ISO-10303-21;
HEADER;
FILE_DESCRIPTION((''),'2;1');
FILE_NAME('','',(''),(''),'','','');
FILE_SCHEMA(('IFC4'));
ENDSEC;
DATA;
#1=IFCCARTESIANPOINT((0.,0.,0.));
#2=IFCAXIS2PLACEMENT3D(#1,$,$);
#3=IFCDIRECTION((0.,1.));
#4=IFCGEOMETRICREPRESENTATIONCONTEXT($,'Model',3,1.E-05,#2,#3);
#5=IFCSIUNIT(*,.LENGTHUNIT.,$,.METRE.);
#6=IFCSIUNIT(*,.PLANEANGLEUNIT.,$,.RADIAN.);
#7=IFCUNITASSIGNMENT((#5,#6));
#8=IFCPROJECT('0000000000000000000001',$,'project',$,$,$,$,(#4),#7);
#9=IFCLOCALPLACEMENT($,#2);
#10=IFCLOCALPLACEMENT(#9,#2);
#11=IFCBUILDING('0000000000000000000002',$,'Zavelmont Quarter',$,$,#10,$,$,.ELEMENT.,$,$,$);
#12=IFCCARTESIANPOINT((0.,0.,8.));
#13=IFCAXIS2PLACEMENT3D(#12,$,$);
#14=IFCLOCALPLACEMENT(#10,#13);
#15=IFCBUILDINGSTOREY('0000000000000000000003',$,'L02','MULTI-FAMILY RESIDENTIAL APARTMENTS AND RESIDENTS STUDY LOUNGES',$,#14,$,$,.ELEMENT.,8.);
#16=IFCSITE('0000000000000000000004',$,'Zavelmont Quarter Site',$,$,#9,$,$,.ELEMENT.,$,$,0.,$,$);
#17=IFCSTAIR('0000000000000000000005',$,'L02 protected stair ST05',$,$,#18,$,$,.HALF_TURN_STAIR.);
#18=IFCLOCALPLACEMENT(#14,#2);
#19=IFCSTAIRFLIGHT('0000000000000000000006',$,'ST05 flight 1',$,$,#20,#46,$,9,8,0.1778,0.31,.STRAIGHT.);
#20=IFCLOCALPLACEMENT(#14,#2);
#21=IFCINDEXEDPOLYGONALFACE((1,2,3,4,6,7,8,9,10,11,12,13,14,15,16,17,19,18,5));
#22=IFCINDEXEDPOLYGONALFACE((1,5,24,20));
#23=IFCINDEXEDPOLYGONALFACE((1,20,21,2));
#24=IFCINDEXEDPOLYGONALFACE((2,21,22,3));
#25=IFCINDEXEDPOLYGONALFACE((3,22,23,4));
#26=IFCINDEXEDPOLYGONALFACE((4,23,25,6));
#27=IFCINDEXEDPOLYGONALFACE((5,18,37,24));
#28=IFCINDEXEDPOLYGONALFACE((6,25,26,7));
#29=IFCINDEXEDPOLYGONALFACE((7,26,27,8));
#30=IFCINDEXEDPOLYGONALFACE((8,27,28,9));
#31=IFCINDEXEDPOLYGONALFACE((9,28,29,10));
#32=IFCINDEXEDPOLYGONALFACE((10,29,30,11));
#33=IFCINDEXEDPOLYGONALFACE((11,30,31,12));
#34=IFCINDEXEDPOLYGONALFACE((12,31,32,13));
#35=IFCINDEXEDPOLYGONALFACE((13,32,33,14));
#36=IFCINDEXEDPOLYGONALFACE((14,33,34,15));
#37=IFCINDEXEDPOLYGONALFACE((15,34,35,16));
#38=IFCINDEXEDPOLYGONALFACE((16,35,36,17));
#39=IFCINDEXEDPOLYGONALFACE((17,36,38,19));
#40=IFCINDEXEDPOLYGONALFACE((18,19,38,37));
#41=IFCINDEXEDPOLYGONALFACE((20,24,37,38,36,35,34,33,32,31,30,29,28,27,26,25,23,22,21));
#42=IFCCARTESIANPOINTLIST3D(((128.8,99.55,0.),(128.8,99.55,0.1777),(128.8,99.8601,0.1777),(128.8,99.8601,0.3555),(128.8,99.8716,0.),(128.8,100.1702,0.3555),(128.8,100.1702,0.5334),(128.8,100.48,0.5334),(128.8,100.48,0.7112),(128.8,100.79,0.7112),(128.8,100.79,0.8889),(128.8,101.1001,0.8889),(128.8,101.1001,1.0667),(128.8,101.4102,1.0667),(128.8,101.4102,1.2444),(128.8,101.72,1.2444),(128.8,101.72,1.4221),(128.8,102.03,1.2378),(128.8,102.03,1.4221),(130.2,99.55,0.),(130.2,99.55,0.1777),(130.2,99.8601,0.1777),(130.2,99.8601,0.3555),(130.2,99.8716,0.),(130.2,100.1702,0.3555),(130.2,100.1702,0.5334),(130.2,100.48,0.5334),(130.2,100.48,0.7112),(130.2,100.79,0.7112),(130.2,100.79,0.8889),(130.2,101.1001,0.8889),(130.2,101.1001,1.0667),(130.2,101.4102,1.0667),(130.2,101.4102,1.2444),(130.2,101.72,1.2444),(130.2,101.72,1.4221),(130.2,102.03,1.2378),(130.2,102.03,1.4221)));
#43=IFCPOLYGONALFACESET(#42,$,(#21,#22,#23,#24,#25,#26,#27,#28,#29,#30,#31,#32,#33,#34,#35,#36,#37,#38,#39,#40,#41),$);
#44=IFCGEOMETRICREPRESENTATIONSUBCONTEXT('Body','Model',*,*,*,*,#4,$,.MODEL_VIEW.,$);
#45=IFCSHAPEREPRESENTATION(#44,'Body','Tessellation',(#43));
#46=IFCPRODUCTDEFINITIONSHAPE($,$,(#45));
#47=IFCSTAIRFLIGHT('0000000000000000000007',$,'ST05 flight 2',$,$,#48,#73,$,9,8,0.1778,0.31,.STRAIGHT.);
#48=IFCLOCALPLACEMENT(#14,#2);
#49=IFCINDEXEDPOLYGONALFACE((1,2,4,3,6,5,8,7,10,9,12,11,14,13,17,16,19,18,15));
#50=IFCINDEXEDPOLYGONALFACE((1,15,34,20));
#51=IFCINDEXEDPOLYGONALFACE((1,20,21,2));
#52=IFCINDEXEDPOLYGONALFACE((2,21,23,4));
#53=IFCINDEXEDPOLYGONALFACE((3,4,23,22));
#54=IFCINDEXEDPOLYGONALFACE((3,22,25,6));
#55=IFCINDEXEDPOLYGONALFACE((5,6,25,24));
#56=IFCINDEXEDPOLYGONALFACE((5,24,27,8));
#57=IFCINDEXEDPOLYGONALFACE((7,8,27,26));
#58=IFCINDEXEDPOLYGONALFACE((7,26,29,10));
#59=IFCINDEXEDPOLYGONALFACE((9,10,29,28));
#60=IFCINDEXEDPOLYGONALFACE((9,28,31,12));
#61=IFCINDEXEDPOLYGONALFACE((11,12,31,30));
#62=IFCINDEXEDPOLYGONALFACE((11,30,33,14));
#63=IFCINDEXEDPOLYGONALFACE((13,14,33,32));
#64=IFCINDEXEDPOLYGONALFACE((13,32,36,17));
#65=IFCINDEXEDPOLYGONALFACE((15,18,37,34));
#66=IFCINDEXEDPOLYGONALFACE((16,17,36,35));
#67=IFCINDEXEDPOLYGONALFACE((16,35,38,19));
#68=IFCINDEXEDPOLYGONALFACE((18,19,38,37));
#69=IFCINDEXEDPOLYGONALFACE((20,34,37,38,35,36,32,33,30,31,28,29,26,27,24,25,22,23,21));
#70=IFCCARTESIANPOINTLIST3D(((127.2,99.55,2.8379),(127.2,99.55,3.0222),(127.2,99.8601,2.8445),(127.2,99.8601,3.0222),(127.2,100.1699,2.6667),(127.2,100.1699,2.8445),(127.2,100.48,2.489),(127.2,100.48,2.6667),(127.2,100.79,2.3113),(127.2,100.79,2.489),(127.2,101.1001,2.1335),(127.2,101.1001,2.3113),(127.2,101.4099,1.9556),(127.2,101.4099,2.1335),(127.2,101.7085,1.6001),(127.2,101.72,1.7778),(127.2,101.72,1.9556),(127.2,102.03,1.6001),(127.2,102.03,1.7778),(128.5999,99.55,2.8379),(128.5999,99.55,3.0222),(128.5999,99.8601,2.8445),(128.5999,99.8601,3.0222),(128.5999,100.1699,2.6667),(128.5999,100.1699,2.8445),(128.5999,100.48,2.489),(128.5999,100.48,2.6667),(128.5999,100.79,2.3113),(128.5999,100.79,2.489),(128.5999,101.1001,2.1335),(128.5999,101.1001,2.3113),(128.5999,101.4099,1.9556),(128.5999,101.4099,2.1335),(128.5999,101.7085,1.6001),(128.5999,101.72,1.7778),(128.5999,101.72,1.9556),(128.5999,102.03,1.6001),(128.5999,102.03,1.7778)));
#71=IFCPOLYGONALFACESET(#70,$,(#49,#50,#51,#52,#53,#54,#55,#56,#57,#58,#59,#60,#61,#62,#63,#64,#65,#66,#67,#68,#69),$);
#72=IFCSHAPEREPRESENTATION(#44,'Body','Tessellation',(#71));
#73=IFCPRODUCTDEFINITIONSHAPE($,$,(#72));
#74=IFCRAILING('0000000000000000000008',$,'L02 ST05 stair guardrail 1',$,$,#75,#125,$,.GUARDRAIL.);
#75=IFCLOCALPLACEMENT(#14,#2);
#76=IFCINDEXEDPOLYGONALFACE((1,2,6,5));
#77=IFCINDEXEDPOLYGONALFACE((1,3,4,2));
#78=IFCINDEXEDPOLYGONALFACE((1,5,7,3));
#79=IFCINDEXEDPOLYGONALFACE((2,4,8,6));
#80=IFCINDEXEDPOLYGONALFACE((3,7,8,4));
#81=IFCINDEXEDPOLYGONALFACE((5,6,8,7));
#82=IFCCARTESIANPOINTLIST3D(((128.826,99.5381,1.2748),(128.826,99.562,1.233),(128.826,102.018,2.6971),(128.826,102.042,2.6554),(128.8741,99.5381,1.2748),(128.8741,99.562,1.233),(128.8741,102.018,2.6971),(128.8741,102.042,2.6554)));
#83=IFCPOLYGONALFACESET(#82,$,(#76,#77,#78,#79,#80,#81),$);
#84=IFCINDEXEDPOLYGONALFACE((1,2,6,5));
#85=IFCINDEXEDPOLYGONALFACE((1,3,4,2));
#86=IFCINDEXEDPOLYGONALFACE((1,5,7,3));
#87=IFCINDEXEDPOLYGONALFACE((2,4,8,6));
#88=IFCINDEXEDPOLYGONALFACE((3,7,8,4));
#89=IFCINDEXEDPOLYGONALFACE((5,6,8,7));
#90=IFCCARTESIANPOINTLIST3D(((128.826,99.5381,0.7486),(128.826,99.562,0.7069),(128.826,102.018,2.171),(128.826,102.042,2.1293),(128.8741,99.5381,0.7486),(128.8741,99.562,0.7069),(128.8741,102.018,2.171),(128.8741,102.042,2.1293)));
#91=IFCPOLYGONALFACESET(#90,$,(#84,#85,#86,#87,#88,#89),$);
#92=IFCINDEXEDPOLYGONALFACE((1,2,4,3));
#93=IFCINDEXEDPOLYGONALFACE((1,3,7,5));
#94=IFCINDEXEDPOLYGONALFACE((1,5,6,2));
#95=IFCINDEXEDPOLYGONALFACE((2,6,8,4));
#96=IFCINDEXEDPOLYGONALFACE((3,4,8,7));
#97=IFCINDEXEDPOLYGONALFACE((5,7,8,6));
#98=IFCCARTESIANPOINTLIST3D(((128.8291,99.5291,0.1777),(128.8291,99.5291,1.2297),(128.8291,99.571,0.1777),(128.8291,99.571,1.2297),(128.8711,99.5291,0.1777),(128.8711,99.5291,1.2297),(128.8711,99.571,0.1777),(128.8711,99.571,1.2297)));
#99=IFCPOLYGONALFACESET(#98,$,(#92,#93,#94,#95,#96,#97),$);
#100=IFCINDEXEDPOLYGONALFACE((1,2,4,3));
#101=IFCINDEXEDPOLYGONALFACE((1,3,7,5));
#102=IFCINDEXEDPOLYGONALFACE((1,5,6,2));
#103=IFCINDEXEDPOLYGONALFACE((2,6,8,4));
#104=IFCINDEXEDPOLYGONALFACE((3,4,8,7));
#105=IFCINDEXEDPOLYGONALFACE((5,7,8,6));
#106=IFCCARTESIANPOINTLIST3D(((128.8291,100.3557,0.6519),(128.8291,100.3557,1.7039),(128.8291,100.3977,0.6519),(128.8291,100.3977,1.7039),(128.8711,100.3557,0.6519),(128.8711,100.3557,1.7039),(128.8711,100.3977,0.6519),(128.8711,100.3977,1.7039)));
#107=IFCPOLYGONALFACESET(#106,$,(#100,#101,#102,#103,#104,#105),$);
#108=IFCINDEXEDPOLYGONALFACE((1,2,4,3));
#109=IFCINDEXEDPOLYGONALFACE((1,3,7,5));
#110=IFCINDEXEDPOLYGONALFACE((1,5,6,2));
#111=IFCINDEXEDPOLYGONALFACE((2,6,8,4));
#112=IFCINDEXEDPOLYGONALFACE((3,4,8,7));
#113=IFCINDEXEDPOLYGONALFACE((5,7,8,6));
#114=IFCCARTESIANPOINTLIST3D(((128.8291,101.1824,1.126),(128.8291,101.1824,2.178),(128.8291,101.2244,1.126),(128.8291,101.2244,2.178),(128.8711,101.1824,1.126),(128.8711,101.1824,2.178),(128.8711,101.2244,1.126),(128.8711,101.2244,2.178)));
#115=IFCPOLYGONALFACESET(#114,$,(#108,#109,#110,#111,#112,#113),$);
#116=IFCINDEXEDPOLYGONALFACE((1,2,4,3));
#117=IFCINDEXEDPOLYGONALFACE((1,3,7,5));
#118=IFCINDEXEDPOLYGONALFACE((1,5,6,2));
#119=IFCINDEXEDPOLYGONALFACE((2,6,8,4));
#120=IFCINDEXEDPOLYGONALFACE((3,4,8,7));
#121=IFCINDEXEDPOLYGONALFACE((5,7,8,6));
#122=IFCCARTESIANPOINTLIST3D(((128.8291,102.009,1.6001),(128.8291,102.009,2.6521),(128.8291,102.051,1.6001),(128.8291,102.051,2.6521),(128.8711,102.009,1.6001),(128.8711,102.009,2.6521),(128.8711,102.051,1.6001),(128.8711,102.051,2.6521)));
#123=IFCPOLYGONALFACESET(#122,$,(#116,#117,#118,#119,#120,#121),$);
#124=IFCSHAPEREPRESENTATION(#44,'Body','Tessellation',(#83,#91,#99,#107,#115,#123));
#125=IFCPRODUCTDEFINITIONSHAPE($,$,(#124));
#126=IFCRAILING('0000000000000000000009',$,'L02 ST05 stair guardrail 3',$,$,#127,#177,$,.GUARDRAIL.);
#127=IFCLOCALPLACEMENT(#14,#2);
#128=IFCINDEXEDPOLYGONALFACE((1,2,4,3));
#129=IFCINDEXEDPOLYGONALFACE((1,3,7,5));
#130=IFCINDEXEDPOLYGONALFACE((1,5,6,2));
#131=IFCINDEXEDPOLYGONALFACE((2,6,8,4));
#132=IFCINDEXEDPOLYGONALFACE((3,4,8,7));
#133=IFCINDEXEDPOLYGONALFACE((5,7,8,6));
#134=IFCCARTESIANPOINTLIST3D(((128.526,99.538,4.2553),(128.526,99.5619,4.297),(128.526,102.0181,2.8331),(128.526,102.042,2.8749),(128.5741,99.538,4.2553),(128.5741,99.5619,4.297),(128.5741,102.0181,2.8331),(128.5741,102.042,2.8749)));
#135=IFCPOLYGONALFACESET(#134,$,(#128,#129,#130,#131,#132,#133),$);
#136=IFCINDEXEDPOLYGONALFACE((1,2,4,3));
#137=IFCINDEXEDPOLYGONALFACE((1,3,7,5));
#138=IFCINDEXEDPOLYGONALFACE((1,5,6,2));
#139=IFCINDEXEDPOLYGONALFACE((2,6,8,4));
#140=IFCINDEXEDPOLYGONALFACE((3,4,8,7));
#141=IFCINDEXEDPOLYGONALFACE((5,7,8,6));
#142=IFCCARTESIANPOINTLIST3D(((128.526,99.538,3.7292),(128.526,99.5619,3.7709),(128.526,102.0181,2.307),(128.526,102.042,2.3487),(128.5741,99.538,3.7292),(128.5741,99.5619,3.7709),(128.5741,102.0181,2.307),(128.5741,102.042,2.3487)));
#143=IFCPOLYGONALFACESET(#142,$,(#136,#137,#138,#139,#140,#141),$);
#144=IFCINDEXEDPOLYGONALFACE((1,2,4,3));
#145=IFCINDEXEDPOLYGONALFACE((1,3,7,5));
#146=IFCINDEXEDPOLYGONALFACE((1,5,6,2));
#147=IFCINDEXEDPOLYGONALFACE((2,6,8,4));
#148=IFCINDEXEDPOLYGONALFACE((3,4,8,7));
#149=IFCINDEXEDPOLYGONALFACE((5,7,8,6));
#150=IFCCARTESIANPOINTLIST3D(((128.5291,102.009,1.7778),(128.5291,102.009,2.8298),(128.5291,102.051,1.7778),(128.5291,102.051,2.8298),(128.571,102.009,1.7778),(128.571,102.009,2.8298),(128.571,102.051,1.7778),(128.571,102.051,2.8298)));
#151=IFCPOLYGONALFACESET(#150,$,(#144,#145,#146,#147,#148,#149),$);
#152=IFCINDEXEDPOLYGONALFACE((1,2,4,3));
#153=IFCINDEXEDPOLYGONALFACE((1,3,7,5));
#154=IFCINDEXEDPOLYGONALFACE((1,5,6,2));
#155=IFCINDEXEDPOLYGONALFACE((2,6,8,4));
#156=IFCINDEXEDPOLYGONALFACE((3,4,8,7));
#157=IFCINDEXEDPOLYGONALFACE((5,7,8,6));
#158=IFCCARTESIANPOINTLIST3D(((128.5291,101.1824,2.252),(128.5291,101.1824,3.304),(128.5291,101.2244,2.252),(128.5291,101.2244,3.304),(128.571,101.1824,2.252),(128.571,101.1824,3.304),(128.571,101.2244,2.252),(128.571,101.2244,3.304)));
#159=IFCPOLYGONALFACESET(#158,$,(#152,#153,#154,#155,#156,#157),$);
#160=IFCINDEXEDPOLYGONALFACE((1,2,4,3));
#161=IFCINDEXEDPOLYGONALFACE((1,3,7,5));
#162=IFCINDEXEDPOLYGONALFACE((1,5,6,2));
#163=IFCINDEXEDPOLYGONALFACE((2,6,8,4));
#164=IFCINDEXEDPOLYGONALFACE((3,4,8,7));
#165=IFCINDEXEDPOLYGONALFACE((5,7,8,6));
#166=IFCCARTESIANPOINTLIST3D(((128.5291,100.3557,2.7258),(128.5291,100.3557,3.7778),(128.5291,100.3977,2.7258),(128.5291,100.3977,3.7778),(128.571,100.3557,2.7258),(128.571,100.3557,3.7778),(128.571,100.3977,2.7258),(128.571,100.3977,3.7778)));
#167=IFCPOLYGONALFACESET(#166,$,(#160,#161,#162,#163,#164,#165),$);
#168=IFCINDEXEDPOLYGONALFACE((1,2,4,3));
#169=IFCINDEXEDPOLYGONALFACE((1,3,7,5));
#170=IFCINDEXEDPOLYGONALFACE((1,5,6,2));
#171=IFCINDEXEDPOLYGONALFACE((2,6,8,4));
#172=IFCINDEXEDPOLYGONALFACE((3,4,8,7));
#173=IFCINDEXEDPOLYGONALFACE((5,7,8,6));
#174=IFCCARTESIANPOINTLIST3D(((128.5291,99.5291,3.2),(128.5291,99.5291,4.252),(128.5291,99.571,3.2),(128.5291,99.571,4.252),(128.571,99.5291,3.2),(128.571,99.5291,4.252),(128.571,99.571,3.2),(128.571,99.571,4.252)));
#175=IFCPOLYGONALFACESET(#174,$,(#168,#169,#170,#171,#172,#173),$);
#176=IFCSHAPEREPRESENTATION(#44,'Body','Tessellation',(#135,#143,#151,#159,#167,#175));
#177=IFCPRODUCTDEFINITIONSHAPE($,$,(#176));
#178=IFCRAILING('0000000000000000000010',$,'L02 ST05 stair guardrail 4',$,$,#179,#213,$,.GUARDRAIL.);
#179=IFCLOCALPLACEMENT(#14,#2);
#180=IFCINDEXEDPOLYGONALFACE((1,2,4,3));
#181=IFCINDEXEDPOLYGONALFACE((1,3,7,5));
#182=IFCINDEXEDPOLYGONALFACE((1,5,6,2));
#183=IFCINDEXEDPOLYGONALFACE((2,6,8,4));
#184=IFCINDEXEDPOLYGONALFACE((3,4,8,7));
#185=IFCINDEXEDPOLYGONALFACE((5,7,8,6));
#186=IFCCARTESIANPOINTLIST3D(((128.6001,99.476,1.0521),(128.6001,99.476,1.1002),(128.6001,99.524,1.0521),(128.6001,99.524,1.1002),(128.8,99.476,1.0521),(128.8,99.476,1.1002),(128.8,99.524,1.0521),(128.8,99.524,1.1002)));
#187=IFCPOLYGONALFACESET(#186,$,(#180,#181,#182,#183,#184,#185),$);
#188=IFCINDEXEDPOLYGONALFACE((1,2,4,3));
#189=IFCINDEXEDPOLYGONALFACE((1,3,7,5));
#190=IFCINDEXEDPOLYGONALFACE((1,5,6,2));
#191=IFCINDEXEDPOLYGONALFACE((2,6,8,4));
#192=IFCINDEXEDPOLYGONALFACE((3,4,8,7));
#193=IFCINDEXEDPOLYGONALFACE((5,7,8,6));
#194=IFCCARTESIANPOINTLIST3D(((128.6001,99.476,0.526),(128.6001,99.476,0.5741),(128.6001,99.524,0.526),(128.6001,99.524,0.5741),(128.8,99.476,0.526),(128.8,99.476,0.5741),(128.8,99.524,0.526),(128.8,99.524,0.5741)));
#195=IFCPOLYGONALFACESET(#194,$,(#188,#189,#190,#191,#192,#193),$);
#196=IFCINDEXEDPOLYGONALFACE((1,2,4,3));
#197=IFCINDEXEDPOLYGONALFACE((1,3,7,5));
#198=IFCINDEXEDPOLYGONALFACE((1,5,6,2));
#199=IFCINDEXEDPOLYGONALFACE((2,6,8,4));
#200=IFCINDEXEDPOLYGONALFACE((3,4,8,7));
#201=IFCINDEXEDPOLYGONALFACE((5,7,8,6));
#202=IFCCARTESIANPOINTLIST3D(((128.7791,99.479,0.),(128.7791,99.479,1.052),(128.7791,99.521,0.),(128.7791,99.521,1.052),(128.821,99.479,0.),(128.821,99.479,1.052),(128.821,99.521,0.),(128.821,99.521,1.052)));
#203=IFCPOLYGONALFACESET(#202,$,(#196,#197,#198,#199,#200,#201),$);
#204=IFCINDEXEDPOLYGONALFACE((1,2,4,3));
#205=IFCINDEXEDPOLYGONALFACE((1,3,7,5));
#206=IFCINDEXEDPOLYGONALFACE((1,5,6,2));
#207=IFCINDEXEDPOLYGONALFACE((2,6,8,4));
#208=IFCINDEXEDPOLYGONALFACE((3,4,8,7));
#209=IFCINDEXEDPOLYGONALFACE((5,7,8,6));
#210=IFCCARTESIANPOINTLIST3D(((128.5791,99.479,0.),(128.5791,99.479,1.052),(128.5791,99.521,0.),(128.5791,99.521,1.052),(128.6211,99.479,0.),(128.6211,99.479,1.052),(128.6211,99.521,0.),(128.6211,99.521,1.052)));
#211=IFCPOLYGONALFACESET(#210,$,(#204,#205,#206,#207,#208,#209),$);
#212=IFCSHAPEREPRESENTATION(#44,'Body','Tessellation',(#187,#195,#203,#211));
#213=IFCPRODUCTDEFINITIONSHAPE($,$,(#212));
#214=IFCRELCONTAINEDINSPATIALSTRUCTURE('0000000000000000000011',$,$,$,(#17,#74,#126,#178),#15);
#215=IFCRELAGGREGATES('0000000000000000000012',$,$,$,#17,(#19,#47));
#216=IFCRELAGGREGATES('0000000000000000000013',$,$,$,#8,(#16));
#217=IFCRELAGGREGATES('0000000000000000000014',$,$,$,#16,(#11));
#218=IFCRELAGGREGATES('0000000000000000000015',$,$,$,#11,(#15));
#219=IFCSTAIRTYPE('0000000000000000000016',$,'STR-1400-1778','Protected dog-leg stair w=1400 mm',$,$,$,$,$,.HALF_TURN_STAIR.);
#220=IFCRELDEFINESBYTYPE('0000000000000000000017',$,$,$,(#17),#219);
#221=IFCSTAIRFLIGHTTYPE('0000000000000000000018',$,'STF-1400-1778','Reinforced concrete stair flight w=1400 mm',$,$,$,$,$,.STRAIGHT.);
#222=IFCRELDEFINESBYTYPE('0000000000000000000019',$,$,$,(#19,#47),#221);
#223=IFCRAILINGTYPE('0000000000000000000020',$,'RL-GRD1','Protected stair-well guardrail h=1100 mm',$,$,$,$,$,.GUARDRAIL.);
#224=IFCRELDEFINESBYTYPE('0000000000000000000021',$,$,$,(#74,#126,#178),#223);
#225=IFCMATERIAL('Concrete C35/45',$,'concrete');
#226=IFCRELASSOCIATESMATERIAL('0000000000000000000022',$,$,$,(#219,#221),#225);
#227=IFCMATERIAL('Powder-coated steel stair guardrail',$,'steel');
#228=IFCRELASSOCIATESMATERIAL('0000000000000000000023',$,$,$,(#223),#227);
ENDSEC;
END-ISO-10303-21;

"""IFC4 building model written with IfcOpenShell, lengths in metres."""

from ifc_helpers import new_model, si_unit, direction, frame, origin, origin_2d, place, context, subcontext, project, spatial, polyline, rectangle, outline, extrude, material, type_object, element, aggregate, save


model = new_model("IFC4")

# Units and contexts
model_context = context("Model", 3, precision=1e-05, world=origin(), true_north=direction((0.0, 1.0)))
body_context = subcontext(model_context, "Body", "Model", "MODEL_VIEW")
ifc_project = project(units=[si_unit("LENGTHUNIT", "METRE"), si_unit("PLANEANGLEUNIT", "RADIAN")], contexts=[model_context])

# Site, building, storey
site_placement = place(None, origin())
site = spatial("IfcSite", under=ifc_project, at=site_placement, Name="Zavelmont Quarter Site", CompositionType="ELEMENT", RefElevation=0.0)
building_placement = place(site_placement, origin())
building = spatial("IfcBuilding", under=site, at=building_placement, Name="Zavelmont Quarter", CompositionType="ELEMENT")
storey_placement = place(building_placement, frame((0.0, 0.0, 8.0)))
storey = spatial("IfcBuildingStorey", under=building, at=storey_placement, Name="L02", Description="MULTI-FAMILY RESIDENTIAL APARTMENTS AND RESIDENTS STUDY LOUNGES", CompositionType="ELEMENT", Elevation=8.0)

# Shared definitions
ifc_material_1 = material(Name="Concrete C35/45", Category="concrete")

# Stair, stair flights
stair_type = type_object("IfcStairType", Name="STR-1400-1778", Description="Protected dog-leg stair w=1400 mm", PredefinedType="HALF_TURN_STAIR", material=ifc_material_1)
stair_placement = place(storey_placement, origin())
stair = element("IfcStair", 1, at=stair_placement, inside=storey, type_object=stair_type, Name="L02 protected stair ST05", PredefinedType="HALF_TURN_STAIR")
stair_flight_type = type_object("IfcStairFlightType", Name="STF-1400-1778", Description="Reinforced concrete stair flight w=1400 mm", PredefinedType="STRAIGHT", material=ifc_material_1)
stair_flight_1_placement = place(storey_placement, frame((129.5, 99.55, 0.0), z_axis=(0.0, 0.0, 1.0), x_axis=(0.0, 1.0, 0.0)))
stair_flight_1 = element("IfcStairFlight", 2, at=stair_flight_1_placement, type_object=stair_flight_type, Name="ST05 flight 1", NumberOfRisers=9, NumberOfTreads=8, PredefinedType="STRAIGHT", RiserHeight=0.1778, TreadLength=0.31, context=body_context, shape_type="SweptSolid", body=[
    extrude(outline(polyline([(0.0, 0.0), (0.0, 0.1777), (0.3101, 0.1777), (0.3101, 0.3555), (0.6201, 0.3555), (0.6201, 0.5334), (0.9299, 0.5334), (0.9299, 0.7112), (1.24, 0.7112), (1.24, 0.8889), (1.55, 0.8889), (1.55, 1.0667), (1.8601, 1.0667), (1.8601, 1.2444), (2.1699, 1.2444), (2.1699, 1.4221), (2.48, 1.4221), (2.48, 1.6001), (2.48, 1.2378), (0.3215, 0.0), (0.0, 0.0)])), frame((0.0, 0.7, 0.0), z_axis=(0.0, -1.0, 0.0), x_axis=(1.0, 0.0, 0.0)), (0.0, 0.0, 1.0), 1.3999),
])
stair_flight_2_placement = place(storey_placement, frame((127.8999, 102.03, 1.6001), z_axis=(0.0, 0.0, 1.0), x_axis=(0.0, -1.0, 0.0)))
stair_flight_2 = element("IfcStairFlight", 3, at=stair_flight_2_placement, type_object=stair_flight_type, Name="ST05 flight 2", NumberOfRisers=9, NumberOfTreads=8, PredefinedType="STRAIGHT", RiserHeight=0.1778, TreadLength=0.31, context=body_context, shape_type="SweptSolid", body=[
    extrude(outline(polyline([(0.0, 0.0), (0.0, 0.1777), (0.3101, 0.1777), (0.3101, 0.3555), (0.6201, 0.3555), (0.6201, 0.5334), (0.9299, 0.5334), (0.9299, 0.7112), (1.24, 0.7112), (1.24, 0.8889), (1.55, 0.8889), (1.55, 1.0667), (1.8601, 1.0667), (1.8601, 1.2444), (2.1699, 1.2444), (2.1699, 1.4221), (2.48, 1.4221), (2.48, 1.6001), (2.48, 1.2378), (0.3215, 0.0), (0.0, 0.0)])), frame((0.0, 0.7, 0.0), z_axis=(0.0, -1.0, 0.0), x_axis=(1.0, 0.0, 0.0)), (0.0, 0.0, 1.0), 1.3999),
])
aggregate(stair, [stair_flight_1, stair_flight_2])

# Railings
ifc_material_2 = material(Name="Powder-coated steel stair guardrail", Category="steel")
railing_type_1 = type_object("IfcRailingType", Name="RL-GRD1", Description="Protected stair-well guardrail h=1100 mm", PredefinedType="GUARDRAIL", material=ifc_material_2)
railing_1_placement = place(storey_placement, frame((128.8501, 99.55, 0.1777)))
element("IfcRailing", 4, at=railing_1_placement, inside=storey, type_object=railing_type_1, Name="L02 ST05 stair guardrail 1", PredefinedType="GUARDRAIL", context=body_context, shape_type="SweptSolid", body=[
    extrude(rectangle(XDim=0.0481, YDim=0.0481, at=origin_2d()), frame((0.0, 0.0, 1.0762), z_axis=(0.0, 0.867454, 0.497518), x_axis=(-1.0, 0.0, 0.0)), (0.0, 0.0, 1.0), 2.8589),
    extrude(rectangle(XDim=0.0481, YDim=0.0481, at=origin_2d()), frame((0.0, 0.0, 0.55), z_axis=(0.0, 0.867454, 0.497518), x_axis=(-1.0, 0.0, 0.0)), (0.0, 0.0, 1.0), 2.8589),
    extrude(rectangle(XDim=0.042, YDim=0.042, at=origin_2d()), origin(), (0.0, 0.0, 1.0), 1.052),
    extrude(rectangle(XDim=0.042, YDim=0.042, at=origin_2d()), frame((0.0, 0.8267, 0.4741)), (0.0, 0.0, 1.0), 1.052),
    extrude(rectangle(XDim=0.042, YDim=0.042, at=origin_2d()), frame((0.0, 1.6533, 0.9482)), (0.0, 0.0, 1.0), 1.052),
    extrude(rectangle(XDim=0.042, YDim=0.042, at=origin_2d()), frame((0.0, 2.48, 1.4224)), (0.0, 0.0, 1.0), 1.052),
])
railing_2_placement = place(storey_placement, frame((128.55, 102.03, 1.7778)))
element("IfcRailing", 5, at=railing_2_placement, inside=storey, type_object=railing_type_1, Name="L02 ST05 stair guardrail 3", PredefinedType="GUARDRAIL", context=body_context, shape_type="SweptSolid", body=[
    extrude(rectangle(XDim=0.0481, YDim=0.0481, at=origin_2d()), frame((0.0, 0.0, 1.0762), z_axis=(0.0, -0.867491, 0.497454), x_axis=(1.0, 0.0, 0.0)), (0.0, 0.0, 1.0), 2.8589),
    extrude(rectangle(XDim=0.0481, YDim=0.0481, at=origin_2d()), frame((0.0, 0.0, 0.55), z_axis=(0.0, -0.867491, 0.497454), x_axis=(1.0, 0.0, 0.0)), (0.0, 0.0, 1.0), 2.8589),
    extrude(rectangle(XDim=0.042, YDim=0.042, at=origin_2d()), origin(), (0.0, 0.0, 1.0), 1.052),
    extrude(rectangle(XDim=0.042, YDim=0.042, at=origin_2d()), frame((0.0, -0.8267, 0.4741)), (0.0, 0.0, 1.0), 1.052),
    extrude(rectangle(XDim=0.042, YDim=0.042, at=origin_2d()), frame((0.0, -1.6533, 0.948)), (0.0, 0.0, 1.0), 1.052),
    extrude(rectangle(XDim=0.042, YDim=0.042, at=origin_2d()), frame((0.0, -2.48, 1.4221)), (0.0, 0.0, 1.0), 1.052),
])
railing_3_placement = place(storey_placement, frame((128.8, 99.5, 0.0)))
element("IfcRailing", 6, at=railing_3_placement, inside=storey, type_object=railing_type_1, Name="L02 ST05 stair guardrail 4", PredefinedType="GUARDRAIL", context=body_context, shape_type="SweptSolid", body=[
    extrude(rectangle(XDim=0.0481, YDim=0.0481, at=origin_2d()), frame((0.0, 0.0, 1.0762), z_axis=(-1.0, 0.0, 0.0), x_axis=(0.0, -1.0, 0.0)), (0.0, 0.0, 1.0), 0.2),
    extrude(rectangle(XDim=0.0481, YDim=0.0481, at=origin_2d()), frame((0.0, 0.0, 0.55), z_axis=(-1.0, 0.0, 0.0), x_axis=(0.0, -1.0, 0.0)), (0.0, 0.0, 1.0), 0.2),
    extrude(rectangle(XDim=0.042, YDim=0.042, at=origin_2d()), origin(), (0.0, 0.0, 1.0), 1.052),
    extrude(rectangle(XDim=0.042, YDim=0.042, at=origin_2d()), frame((-0.2, 0.0, 0.0)), (0.0, 0.0, 1.0), 1.052),
])

save(model, "model.ifc")
